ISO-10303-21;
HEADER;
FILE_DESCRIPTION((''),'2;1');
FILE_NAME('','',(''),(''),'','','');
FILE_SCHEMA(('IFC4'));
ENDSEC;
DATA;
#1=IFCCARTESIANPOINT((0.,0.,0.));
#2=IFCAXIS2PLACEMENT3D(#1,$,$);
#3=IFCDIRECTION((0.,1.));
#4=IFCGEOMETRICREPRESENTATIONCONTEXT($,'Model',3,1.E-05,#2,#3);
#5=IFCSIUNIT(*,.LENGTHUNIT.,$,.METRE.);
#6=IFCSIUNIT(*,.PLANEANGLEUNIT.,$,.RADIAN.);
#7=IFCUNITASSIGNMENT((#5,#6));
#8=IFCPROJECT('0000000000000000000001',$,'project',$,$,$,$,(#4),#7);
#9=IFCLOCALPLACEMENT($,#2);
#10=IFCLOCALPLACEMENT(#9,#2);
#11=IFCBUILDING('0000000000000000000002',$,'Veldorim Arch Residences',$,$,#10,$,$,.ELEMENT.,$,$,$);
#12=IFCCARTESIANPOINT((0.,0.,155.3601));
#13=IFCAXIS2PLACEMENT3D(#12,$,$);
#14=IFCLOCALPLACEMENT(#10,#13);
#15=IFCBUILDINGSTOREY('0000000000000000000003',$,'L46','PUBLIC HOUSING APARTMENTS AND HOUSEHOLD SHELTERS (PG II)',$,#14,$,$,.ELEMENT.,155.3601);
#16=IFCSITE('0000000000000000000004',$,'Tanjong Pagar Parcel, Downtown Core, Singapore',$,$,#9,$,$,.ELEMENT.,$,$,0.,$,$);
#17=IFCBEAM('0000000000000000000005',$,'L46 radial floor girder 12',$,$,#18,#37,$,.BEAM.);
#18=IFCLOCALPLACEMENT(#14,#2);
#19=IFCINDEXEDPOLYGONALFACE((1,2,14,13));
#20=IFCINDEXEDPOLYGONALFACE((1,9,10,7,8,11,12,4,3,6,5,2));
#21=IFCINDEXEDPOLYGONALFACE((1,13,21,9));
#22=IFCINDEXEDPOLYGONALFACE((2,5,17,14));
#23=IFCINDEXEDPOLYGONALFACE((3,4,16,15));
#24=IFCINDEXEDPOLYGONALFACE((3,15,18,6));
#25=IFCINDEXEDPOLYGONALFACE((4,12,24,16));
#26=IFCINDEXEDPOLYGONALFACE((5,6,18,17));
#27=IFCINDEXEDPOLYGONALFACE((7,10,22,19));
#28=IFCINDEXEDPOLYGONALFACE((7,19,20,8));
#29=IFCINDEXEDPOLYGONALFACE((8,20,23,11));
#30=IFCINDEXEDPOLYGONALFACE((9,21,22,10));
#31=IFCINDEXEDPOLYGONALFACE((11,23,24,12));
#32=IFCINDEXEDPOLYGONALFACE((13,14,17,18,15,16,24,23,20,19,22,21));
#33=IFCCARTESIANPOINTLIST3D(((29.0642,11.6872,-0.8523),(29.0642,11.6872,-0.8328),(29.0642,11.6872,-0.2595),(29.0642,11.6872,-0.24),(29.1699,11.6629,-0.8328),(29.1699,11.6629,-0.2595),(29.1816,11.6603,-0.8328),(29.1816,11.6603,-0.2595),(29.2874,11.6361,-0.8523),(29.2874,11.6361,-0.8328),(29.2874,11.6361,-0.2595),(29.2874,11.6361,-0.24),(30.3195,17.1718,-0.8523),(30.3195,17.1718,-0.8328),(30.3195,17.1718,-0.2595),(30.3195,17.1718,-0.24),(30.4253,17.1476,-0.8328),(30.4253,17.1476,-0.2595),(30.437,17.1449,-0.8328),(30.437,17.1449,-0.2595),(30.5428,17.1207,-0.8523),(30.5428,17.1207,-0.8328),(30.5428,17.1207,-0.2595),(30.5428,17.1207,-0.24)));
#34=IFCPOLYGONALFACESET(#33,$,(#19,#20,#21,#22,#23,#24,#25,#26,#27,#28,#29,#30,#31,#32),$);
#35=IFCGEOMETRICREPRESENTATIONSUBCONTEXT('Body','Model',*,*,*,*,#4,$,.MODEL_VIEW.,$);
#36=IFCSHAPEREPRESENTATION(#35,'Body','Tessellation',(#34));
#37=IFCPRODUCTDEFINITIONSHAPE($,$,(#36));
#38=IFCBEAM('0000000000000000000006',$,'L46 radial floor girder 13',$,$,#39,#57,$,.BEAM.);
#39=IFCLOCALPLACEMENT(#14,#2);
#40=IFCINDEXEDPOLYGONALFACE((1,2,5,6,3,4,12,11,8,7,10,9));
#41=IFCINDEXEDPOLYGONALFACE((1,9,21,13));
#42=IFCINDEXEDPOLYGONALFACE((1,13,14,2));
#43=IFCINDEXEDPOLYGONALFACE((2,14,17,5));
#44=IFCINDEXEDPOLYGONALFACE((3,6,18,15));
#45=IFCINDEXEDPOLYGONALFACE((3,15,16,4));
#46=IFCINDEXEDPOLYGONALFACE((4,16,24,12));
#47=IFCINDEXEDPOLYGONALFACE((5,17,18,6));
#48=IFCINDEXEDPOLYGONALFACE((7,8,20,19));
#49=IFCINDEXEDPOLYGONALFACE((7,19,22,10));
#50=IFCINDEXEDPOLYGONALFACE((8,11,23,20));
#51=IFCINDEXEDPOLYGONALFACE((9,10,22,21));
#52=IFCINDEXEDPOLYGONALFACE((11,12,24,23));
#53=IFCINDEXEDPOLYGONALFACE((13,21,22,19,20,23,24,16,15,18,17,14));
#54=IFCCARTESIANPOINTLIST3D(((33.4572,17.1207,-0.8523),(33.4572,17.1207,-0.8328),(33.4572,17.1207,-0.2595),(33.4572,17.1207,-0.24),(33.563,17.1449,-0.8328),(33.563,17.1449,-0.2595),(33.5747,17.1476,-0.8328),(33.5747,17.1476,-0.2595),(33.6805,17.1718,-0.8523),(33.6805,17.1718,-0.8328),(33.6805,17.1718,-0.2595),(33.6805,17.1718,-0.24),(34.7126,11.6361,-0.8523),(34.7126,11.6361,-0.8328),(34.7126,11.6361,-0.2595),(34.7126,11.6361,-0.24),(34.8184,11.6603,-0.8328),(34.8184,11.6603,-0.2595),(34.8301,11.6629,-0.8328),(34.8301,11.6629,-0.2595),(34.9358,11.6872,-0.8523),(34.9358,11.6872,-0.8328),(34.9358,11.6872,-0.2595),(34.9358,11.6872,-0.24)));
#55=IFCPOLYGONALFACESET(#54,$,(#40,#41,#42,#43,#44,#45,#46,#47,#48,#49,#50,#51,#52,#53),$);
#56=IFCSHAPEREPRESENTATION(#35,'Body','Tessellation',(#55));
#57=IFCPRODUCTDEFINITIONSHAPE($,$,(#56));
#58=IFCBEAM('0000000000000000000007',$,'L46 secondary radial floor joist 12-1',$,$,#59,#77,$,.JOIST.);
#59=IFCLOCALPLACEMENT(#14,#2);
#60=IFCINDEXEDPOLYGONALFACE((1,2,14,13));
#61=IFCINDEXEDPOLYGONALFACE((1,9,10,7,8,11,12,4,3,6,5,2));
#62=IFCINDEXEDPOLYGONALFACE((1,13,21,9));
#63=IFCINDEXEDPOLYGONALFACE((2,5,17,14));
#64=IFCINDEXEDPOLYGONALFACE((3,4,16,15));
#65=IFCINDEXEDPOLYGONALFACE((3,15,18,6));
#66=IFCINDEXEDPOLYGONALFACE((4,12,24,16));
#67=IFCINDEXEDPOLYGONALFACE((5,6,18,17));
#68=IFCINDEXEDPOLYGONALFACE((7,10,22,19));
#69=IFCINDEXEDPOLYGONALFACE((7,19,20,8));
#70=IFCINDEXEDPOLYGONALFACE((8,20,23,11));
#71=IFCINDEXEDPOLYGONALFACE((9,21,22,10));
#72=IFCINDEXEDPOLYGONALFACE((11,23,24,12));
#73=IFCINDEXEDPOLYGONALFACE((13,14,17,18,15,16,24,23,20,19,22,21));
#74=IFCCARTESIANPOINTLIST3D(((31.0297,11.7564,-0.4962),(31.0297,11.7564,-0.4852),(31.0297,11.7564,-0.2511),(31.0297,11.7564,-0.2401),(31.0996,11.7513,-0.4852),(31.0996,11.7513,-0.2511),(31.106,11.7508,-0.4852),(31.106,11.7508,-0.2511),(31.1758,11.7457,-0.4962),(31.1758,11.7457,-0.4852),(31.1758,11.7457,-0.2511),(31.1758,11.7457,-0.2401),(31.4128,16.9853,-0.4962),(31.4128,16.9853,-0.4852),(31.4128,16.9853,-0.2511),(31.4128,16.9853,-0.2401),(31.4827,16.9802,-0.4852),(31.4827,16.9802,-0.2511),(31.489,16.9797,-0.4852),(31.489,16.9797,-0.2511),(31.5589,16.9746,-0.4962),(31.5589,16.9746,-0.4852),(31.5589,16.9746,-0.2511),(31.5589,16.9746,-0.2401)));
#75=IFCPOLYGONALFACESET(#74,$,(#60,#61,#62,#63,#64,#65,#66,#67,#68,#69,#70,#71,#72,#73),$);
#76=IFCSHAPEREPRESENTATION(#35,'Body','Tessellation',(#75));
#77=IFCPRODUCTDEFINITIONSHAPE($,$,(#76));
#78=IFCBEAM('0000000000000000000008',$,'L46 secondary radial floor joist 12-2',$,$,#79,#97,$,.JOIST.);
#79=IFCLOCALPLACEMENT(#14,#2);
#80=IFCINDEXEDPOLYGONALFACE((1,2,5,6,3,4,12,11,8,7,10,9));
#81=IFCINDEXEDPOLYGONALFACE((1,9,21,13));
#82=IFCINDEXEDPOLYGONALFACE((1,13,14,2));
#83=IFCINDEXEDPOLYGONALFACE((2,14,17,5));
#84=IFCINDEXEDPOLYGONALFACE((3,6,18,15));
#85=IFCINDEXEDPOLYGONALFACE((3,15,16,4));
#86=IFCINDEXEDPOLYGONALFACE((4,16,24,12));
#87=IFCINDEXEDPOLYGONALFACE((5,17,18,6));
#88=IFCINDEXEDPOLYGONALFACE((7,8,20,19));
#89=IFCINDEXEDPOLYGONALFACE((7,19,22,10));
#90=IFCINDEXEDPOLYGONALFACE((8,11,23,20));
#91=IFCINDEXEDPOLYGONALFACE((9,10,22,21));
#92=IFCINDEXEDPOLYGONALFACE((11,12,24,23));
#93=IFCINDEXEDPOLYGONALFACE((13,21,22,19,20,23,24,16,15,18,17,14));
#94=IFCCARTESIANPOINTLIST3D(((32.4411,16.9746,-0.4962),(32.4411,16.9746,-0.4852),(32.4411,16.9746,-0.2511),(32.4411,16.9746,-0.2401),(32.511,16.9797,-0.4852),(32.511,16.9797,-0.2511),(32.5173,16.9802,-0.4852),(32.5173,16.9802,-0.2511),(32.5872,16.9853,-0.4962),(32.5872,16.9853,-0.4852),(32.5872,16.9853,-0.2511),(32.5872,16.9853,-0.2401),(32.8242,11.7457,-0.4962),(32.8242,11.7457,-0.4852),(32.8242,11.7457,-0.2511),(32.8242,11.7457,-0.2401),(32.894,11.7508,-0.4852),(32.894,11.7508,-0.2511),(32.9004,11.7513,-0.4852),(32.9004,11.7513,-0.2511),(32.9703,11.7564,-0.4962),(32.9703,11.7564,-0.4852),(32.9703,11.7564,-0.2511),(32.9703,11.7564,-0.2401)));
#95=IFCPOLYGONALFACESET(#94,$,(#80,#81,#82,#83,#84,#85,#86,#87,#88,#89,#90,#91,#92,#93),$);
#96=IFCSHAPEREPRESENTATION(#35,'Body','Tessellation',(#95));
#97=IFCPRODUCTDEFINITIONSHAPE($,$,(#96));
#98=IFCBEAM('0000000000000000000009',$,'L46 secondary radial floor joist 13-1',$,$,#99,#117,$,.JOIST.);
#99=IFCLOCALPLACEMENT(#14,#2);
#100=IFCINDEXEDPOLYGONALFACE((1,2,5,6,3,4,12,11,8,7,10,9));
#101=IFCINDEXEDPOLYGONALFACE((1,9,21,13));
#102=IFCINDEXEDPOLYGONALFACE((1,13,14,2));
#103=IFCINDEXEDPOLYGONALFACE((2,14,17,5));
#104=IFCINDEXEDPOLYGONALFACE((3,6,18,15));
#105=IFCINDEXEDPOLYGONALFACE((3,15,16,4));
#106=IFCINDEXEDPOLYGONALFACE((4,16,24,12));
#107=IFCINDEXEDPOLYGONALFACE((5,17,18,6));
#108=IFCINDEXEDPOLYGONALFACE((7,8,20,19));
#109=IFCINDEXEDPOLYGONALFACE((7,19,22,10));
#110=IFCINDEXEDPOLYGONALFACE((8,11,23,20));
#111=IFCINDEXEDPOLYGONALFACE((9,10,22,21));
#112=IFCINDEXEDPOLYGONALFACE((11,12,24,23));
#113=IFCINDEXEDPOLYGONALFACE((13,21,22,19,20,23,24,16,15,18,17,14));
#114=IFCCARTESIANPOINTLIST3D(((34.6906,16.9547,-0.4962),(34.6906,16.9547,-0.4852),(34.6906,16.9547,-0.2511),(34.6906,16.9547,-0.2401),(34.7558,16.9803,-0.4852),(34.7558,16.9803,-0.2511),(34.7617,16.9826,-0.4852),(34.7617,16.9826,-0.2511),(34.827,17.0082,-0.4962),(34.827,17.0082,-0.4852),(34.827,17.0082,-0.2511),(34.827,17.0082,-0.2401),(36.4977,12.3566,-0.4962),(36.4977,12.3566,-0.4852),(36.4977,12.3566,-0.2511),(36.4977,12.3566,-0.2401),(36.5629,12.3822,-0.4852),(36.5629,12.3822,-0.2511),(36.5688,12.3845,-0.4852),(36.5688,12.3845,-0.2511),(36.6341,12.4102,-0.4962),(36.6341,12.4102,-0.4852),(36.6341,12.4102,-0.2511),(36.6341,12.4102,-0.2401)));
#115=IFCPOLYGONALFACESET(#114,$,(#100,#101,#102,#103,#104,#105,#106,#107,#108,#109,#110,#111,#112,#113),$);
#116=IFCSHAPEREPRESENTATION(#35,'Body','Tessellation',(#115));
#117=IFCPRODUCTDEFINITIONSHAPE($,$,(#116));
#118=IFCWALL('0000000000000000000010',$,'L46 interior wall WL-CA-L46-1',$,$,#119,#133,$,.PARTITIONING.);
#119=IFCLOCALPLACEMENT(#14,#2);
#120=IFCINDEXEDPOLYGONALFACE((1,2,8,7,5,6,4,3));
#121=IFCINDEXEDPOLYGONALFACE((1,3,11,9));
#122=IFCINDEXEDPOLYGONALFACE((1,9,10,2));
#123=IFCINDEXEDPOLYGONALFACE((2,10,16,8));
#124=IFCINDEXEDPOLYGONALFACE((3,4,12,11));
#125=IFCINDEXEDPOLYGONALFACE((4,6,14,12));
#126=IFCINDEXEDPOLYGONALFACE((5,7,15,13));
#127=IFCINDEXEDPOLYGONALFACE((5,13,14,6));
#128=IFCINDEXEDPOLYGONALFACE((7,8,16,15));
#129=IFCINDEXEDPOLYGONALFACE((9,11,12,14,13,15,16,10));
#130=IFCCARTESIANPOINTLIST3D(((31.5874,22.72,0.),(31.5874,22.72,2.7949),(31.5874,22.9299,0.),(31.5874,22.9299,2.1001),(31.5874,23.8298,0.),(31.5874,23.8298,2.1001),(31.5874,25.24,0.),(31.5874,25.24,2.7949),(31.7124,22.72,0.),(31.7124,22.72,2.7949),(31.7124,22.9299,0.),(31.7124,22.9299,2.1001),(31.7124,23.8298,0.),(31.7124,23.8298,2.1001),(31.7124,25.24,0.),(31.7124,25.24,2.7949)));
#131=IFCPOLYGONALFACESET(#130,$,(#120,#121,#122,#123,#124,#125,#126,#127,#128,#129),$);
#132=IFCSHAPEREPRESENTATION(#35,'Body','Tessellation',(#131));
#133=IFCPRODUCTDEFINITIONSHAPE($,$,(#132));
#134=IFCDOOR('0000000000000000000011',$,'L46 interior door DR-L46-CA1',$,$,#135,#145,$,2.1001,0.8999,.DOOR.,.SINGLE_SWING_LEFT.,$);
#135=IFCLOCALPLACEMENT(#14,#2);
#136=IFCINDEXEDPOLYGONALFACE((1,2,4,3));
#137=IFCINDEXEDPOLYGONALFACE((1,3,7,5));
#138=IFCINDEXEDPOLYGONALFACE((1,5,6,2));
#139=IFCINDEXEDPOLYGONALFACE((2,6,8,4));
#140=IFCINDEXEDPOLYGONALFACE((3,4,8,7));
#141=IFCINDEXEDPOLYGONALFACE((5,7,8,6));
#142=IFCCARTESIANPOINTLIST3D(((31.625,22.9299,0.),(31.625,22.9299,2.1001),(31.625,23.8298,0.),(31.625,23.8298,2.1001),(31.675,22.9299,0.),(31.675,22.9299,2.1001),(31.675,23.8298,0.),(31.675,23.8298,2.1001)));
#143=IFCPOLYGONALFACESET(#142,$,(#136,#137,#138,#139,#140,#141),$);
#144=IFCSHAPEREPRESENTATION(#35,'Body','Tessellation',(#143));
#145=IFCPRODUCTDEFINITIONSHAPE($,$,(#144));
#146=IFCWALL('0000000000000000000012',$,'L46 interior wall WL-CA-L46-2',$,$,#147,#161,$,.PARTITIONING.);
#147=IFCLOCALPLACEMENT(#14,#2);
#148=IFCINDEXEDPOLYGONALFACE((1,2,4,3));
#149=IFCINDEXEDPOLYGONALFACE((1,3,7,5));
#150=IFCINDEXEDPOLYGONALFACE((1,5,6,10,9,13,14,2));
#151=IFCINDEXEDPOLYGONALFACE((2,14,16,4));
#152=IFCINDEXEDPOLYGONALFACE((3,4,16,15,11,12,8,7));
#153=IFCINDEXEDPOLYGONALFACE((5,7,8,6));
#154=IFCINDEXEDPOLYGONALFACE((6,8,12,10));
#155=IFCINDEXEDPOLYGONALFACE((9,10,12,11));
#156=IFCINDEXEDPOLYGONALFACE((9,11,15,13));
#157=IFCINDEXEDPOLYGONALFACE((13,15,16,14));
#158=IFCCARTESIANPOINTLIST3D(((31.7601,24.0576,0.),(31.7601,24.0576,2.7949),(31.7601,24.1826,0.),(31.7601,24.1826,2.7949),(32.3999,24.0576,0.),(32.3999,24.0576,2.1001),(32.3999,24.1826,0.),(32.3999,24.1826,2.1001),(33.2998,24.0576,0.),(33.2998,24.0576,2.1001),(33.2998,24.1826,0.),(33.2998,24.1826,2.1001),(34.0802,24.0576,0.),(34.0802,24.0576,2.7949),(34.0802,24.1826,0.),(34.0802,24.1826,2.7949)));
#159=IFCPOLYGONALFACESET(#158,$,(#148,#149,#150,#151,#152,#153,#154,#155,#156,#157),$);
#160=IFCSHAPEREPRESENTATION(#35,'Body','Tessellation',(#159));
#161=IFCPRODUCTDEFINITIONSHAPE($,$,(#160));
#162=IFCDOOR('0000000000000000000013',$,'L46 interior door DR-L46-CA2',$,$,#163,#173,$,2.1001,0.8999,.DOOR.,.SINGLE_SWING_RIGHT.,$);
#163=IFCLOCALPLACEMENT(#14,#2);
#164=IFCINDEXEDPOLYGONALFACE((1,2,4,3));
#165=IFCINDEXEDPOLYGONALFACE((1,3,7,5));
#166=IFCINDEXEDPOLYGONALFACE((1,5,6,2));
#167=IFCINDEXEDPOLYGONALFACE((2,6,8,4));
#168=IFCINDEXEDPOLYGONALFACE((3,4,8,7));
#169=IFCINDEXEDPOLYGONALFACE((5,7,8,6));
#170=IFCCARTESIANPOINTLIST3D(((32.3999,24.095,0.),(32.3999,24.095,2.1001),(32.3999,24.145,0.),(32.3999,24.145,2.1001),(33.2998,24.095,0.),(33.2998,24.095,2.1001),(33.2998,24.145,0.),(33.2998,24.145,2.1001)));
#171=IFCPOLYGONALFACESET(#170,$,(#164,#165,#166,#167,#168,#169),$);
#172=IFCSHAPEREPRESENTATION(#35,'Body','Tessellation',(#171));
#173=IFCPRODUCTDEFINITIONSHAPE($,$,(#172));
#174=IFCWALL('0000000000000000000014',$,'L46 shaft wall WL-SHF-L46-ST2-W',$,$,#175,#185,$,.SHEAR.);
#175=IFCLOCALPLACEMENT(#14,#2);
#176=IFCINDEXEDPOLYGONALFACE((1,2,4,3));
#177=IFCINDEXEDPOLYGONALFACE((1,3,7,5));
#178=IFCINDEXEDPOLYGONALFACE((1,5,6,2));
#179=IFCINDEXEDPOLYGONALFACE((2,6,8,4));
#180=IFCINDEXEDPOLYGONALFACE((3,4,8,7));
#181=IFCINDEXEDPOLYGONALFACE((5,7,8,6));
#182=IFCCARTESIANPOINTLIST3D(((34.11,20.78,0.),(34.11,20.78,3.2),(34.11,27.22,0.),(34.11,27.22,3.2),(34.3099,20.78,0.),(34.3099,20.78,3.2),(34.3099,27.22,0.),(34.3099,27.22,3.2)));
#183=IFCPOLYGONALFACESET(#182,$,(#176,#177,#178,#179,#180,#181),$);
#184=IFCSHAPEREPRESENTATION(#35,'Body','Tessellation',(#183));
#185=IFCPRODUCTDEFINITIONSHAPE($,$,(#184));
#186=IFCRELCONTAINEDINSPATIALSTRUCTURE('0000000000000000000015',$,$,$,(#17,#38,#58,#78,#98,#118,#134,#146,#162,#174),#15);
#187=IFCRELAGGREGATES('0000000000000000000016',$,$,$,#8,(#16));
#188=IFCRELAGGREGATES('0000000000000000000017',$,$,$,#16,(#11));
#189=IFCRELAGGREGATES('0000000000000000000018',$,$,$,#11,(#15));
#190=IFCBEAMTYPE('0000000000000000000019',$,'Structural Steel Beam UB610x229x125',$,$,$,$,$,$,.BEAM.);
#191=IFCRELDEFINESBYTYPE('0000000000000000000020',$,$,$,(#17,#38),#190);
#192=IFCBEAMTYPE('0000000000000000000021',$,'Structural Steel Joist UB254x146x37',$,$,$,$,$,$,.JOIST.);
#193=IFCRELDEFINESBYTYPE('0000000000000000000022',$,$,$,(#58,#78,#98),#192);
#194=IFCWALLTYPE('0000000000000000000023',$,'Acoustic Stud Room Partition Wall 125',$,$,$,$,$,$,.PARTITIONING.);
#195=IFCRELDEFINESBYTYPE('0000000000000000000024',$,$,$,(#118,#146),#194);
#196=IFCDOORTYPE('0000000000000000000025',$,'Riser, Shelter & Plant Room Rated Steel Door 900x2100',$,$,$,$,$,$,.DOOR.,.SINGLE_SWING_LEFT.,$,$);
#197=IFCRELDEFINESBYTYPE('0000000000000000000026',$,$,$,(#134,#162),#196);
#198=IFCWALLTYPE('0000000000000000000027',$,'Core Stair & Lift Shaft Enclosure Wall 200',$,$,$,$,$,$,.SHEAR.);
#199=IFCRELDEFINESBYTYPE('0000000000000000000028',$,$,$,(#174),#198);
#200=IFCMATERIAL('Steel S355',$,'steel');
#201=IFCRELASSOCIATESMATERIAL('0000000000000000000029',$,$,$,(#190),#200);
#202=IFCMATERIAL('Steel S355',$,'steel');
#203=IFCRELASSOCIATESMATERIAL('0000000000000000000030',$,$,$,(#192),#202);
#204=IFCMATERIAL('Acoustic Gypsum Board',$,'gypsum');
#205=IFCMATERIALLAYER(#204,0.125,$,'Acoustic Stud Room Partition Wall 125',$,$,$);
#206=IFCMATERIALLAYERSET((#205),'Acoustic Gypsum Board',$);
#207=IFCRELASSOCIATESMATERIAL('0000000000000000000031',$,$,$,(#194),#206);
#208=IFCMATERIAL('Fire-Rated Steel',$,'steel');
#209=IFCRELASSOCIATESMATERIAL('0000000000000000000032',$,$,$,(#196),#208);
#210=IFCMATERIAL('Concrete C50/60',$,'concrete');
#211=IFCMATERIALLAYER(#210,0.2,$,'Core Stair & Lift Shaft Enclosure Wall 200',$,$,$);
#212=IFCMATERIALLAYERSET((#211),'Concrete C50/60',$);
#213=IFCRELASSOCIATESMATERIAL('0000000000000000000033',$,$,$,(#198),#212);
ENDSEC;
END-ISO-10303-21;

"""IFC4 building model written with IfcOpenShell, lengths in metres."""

from ifc_helpers import new_model, si_unit, direction, frame, frame_2d, origin, origin_2d, place, context, subcontext, project, spatial, rectangle, i_section, extrude, material, layer, layer_set, material_profile, profile_set, type_object, element, fill, save


model = new_model("IFC4")

# Units and contexts
model_context = context("Model", 3, precision=1e-05, world=origin(), true_north=direction((0.0, 1.0)))
body_context = subcontext(model_context, "Body", "Model", "MODEL_VIEW")
ifc_project = project(units=[si_unit("LENGTHUNIT", "METRE"), si_unit("PLANEANGLEUNIT", "RADIAN")], contexts=[model_context])

# Site, building, storey
site_placement = place(None, origin())
site = spatial("IfcSite", under=ifc_project, at=site_placement, Name="Tanjong Pagar Parcel, Downtown Core, Singapore", CompositionType="ELEMENT", RefElevation=0.0)
building_placement = place(site_placement, origin())
building = spatial("IfcBuilding", under=site, at=building_placement, Name="Veldorim Arch Residences", CompositionType="ELEMENT")
storey_placement = place(building_placement, frame((0.0, 0.0, 155.3601)))
storey = spatial("IfcBuildingStorey", under=building, at=storey_placement, Name="L46", Description="PUBLIC HOUSING APARTMENTS AND HOUSEHOLD SHELTERS (PG II)", CompositionType="ELEMENT", Elevation=155.3601)

# Beams
ifc_material_1 = material(Name="Steel S355", Category="steel")
ifc_material_profile_1 = material_profile(ifc_material_1, i_section(OverallWidth=0.229, OverallDepth=0.6123, WebThickness=0.012, FlangeThickness=0.0195, at=origin_2d()), Name="UB610x229x125")
ifc_profile_set_1 = profile_set([ifc_material_profile_1], Name="Steel S355")
beam_type_1 = type_object("IfcBeamType", Name="Structural Steel Beam UB610x229x125", PredefinedType="BEAM", material=ifc_profile_set_1)
for number, where, z_axis, x_axis, name in (
    (1, (30.4312, 17.1462, -0.5461), (-0.223119, -0.974791, 0.0), (0.974791, -0.223119, 0.0), "L46 radial floor girder 12"),
    (2, (33.5688, 17.1462, -0.5461), (0.223119, -0.974791, 0.0), (0.974791, 0.223119, 0.0), "L46 radial floor girder 13"),
):
    element("IfcBeam", number, at=place(storey_placement, frame(where, z_axis=z_axis, x_axis=x_axis)), inside=storey, type_object=beam_type_1, Name=name, PredefinedType="BEAM", context=body_context, shape_type="SweptSolid", body=[
        extrude(i_section(OverallWidth=0.229, OverallDepth=0.6123, WebThickness=0.012, FlangeThickness=0.0195, at=origin_2d()), origin(), (0.0, 0.0, 1.0), 5.6265),
    ])
ifc_material_2 = material(Name="Steel S355", Category="steel")
ifc_material_profile_2 = material_profile(ifc_material_2, i_section(OverallWidth=0.1465, OverallDepth=0.2561, WebThickness=0.0063, FlangeThickness=0.011, at=origin_2d()), Name="UB254x146x37")
ifc_profile_set_2 = profile_set([ifc_material_profile_2], Name="Steel S355")
beam_type_2 = type_object("IfcBeamType", Name="Structural Steel Joist UB254x146x37", PredefinedType="JOIST", material=ifc_profile_set_2)
for number, where, z_axis, x_axis, name in (
    (3, (31.4858, 16.98, -0.3682), (-0.07306, -0.997328, 0.0), (0.997328, -0.07306, 0.0), "L46 secondary radial floor joist 12-1"),
    (4, (32.5142, 16.98, -0.3682), (0.07306, -0.997328, 0.0), (0.997328, 0.07306, 0.0), "L46 secondary radial floor joist 12-2"),
):
    element("IfcBeam", number, at=place(storey_placement, frame(where, z_axis=z_axis, x_axis=x_axis)), inside=storey, type_object=beam_type_2, Name=name, PredefinedType="JOIST", context=body_context, shape_type="SweptSolid", body=[
        extrude(i_section(OverallWidth=0.1465, OverallDepth=0.2561, WebThickness=0.0063, FlangeThickness=0.011, at=origin_2d()), origin(), (0.0, 0.0, 1.0), 5.2429),
    ])
beam_placement = place(storey_placement, frame((34.7588, 16.9814, -0.3682), z_axis=(0.365778, -0.930702, 0.0), x_axis=(0.930702, 0.365778, 0.0)))
element("IfcBeam", 5, at=beam_placement, inside=storey, type_object=beam_type_2, Name="L46 secondary radial floor joist 13-1", PredefinedType="JOIST", context=body_context, shape_type="SweptSolid", body=[
    extrude(i_section(OverallWidth=0.1465, OverallDepth=0.2561, WebThickness=0.0063, FlangeThickness=0.011, at=origin_2d()), origin(), (0.0, 0.0, 1.0), 4.9404),
])

# Walls, openings, doors
ifc_material_3 = material(Name="Acoustic Gypsum Board", Category="gypsum")
ifc_layer_1 = layer(ifc_material_3, 0.125, Name="Acoustic Stud Room Partition Wall 125")
ifc_layer_set_1 = layer_set([ifc_layer_1], Name="Acoustic Gypsum Board")
wall_type_1 = type_object("IfcWallType", Name="Acoustic Stud Room Partition Wall 125", PredefinedType="PARTITIONING", material=ifc_layer_set_1)
wall_1_placement = place(storey_placement, frame((31.6499, 22.72, 0.0), z_axis=(0.0, 0.0, 1.0), x_axis=(0.0, 1.0, 0.0)))
wall_1 = element("IfcWall", 6, at=wall_1_placement, inside=storey, type_object=wall_type_1, Name="L46 interior wall WL-CA-L46-1", PredefinedType="PARTITIONING", context=body_context, shape_type="SweptSolid", body=[
    extrude(rectangle(XDim=2.52, YDim=0.125, at=frame_2d((1.26, 0.0))), origin(), (0.0, 0.0, 1.0), 2.7949),
])
opening_1_placement = place(wall_1_placement, frame((0.21, 0.0, 0.0)))
opening_1 = element("IfcOpeningElement", 7, at=opening_1_placement, cuts=wall_1, PredefinedType="OPENING", context=body_context, shape_type="SweptSolid", body=[
    extrude(rectangle(XDim=0.8999, YDim=2.1001, at=frame_2d((0.45, 1.05))), frame((0.0, 0.0725, 0.0), z_axis=(0.0, -1.0, 0.0), x_axis=(1.0, 0.0, 0.0)), (0.0, 0.0, 1.0), 0.145),
])
ifc_material_4 = material(Name="Fire-Rated Steel", Category="steel")
door_type_1 = type_object("IfcDoorType", Name="Riser, Shelter & Plant Room Rated Steel Door 900x2100", OperationType="SINGLE_SWING_LEFT", PredefinedType="DOOR", material=ifc_material_4)
door_1_placement = place(opening_1_placement, origin())
door_1 = element("IfcDoor", 8, at=door_1_placement, inside=storey, type_object=door_type_1, Name="L46 interior door DR-L46-CA1", OperationType="SINGLE_SWING_LEFT", OverallHeight=2.1001, OverallWidth=0.8999, PredefinedType="DOOR", context=body_context, shape_type="SweptSolid", body=[
    extrude(rectangle(XDim=0.8999, YDim=2.1001, at=frame_2d((0.45, 1.05))), frame((0.0, 0.0249, 0.0), z_axis=(0.0, -1.0, 0.0), x_axis=(1.0, 0.0, 0.0)), (0.0, 0.0, 1.0), 0.05),
])
fill(opening_1, door_1)
wall_2_placement = place(storey_placement, frame((31.76, 24.1201, 0.0), z_axis=(0.0, 0.0, 1.0), x_axis=(1.0, 0.0, 0.0)))
wall_2 = element("IfcWall", 9, at=wall_2_placement, inside=storey, type_object=wall_type_1, Name="L46 interior wall WL-CA-L46-2", PredefinedType="PARTITIONING", context=body_context, shape_type="SweptSolid", body=[
    extrude(rectangle(XDim=2.3201, YDim=0.125, at=frame_2d((1.1602, 0.0))), origin(), (0.0, 0.0, 1.0), 2.7949),
])
opening_2_placement = place(wall_2_placement, frame((0.6399, 0.0, 0.0)))
opening_2 = element("IfcOpeningElement", 10, at=opening_2_placement, cuts=wall_2, PredefinedType="OPENING", context=body_context, shape_type="SweptSolid", body=[
    extrude(rectangle(XDim=0.8999, YDim=2.1001, at=frame_2d((0.45, 1.05))), frame((0.0, 0.0725, 0.0), z_axis=(0.0, -1.0, 0.0), x_axis=(1.0, 0.0, 0.0)), (0.0, 0.0, 1.0), 0.145),
])
door_2_placement = place(opening_2_placement, origin())
door_2 = element("IfcDoor", 11, at=door_2_placement, inside=storey, type_object=door_type_1, Name="L46 interior door DR-L46-CA2", OperationType="SINGLE_SWING_RIGHT", OverallHeight=2.1001, OverallWidth=0.8999, PredefinedType="DOOR", context=body_context, shape_type="SweptSolid", body=[
    extrude(rectangle(XDim=0.8999, YDim=2.1001, at=frame_2d((0.45, 1.05))), frame((0.0, 0.0249, 0.0), z_axis=(0.0, -1.0, 0.0), x_axis=(1.0, 0.0, 0.0)), (0.0, 0.0, 1.0), 0.05),
])
fill(opening_2, door_2)

# Wall
ifc_material_5 = material(Name="Concrete C50/60", Category="concrete")
ifc_layer_2 = layer(ifc_material_5, 0.2, Name="Core Stair & Lift Shaft Enclosure Wall 200")
ifc_layer_set_2 = layer_set([ifc_layer_2], Name="Concrete C50/60")
wall_type_2 = type_object("IfcWallType", Name="Core Stair & Lift Shaft Enclosure Wall 200", PredefinedType="SHEAR", material=ifc_layer_set_2)
wall_3_placement = place(storey_placement, frame((34.21, 20.78, 0.0), z_axis=(0.0, 0.0, 1.0), x_axis=(0.0, 1.0, 0.0)))
element("IfcWall", 12, at=wall_3_placement, inside=storey, type_object=wall_type_2, Name="L46 shaft wall WL-SHF-L46-ST2-W", PredefinedType="SHEAR", context=body_context, shape_type="SweptSolid", body=[
    extrude(rectangle(XDim=6.4399, YDim=0.2, at=frame_2d((3.22, 0.0))), origin(), (0.0, 0.0, 1.0), 3.2),
])

save(model, "model.ifc")
